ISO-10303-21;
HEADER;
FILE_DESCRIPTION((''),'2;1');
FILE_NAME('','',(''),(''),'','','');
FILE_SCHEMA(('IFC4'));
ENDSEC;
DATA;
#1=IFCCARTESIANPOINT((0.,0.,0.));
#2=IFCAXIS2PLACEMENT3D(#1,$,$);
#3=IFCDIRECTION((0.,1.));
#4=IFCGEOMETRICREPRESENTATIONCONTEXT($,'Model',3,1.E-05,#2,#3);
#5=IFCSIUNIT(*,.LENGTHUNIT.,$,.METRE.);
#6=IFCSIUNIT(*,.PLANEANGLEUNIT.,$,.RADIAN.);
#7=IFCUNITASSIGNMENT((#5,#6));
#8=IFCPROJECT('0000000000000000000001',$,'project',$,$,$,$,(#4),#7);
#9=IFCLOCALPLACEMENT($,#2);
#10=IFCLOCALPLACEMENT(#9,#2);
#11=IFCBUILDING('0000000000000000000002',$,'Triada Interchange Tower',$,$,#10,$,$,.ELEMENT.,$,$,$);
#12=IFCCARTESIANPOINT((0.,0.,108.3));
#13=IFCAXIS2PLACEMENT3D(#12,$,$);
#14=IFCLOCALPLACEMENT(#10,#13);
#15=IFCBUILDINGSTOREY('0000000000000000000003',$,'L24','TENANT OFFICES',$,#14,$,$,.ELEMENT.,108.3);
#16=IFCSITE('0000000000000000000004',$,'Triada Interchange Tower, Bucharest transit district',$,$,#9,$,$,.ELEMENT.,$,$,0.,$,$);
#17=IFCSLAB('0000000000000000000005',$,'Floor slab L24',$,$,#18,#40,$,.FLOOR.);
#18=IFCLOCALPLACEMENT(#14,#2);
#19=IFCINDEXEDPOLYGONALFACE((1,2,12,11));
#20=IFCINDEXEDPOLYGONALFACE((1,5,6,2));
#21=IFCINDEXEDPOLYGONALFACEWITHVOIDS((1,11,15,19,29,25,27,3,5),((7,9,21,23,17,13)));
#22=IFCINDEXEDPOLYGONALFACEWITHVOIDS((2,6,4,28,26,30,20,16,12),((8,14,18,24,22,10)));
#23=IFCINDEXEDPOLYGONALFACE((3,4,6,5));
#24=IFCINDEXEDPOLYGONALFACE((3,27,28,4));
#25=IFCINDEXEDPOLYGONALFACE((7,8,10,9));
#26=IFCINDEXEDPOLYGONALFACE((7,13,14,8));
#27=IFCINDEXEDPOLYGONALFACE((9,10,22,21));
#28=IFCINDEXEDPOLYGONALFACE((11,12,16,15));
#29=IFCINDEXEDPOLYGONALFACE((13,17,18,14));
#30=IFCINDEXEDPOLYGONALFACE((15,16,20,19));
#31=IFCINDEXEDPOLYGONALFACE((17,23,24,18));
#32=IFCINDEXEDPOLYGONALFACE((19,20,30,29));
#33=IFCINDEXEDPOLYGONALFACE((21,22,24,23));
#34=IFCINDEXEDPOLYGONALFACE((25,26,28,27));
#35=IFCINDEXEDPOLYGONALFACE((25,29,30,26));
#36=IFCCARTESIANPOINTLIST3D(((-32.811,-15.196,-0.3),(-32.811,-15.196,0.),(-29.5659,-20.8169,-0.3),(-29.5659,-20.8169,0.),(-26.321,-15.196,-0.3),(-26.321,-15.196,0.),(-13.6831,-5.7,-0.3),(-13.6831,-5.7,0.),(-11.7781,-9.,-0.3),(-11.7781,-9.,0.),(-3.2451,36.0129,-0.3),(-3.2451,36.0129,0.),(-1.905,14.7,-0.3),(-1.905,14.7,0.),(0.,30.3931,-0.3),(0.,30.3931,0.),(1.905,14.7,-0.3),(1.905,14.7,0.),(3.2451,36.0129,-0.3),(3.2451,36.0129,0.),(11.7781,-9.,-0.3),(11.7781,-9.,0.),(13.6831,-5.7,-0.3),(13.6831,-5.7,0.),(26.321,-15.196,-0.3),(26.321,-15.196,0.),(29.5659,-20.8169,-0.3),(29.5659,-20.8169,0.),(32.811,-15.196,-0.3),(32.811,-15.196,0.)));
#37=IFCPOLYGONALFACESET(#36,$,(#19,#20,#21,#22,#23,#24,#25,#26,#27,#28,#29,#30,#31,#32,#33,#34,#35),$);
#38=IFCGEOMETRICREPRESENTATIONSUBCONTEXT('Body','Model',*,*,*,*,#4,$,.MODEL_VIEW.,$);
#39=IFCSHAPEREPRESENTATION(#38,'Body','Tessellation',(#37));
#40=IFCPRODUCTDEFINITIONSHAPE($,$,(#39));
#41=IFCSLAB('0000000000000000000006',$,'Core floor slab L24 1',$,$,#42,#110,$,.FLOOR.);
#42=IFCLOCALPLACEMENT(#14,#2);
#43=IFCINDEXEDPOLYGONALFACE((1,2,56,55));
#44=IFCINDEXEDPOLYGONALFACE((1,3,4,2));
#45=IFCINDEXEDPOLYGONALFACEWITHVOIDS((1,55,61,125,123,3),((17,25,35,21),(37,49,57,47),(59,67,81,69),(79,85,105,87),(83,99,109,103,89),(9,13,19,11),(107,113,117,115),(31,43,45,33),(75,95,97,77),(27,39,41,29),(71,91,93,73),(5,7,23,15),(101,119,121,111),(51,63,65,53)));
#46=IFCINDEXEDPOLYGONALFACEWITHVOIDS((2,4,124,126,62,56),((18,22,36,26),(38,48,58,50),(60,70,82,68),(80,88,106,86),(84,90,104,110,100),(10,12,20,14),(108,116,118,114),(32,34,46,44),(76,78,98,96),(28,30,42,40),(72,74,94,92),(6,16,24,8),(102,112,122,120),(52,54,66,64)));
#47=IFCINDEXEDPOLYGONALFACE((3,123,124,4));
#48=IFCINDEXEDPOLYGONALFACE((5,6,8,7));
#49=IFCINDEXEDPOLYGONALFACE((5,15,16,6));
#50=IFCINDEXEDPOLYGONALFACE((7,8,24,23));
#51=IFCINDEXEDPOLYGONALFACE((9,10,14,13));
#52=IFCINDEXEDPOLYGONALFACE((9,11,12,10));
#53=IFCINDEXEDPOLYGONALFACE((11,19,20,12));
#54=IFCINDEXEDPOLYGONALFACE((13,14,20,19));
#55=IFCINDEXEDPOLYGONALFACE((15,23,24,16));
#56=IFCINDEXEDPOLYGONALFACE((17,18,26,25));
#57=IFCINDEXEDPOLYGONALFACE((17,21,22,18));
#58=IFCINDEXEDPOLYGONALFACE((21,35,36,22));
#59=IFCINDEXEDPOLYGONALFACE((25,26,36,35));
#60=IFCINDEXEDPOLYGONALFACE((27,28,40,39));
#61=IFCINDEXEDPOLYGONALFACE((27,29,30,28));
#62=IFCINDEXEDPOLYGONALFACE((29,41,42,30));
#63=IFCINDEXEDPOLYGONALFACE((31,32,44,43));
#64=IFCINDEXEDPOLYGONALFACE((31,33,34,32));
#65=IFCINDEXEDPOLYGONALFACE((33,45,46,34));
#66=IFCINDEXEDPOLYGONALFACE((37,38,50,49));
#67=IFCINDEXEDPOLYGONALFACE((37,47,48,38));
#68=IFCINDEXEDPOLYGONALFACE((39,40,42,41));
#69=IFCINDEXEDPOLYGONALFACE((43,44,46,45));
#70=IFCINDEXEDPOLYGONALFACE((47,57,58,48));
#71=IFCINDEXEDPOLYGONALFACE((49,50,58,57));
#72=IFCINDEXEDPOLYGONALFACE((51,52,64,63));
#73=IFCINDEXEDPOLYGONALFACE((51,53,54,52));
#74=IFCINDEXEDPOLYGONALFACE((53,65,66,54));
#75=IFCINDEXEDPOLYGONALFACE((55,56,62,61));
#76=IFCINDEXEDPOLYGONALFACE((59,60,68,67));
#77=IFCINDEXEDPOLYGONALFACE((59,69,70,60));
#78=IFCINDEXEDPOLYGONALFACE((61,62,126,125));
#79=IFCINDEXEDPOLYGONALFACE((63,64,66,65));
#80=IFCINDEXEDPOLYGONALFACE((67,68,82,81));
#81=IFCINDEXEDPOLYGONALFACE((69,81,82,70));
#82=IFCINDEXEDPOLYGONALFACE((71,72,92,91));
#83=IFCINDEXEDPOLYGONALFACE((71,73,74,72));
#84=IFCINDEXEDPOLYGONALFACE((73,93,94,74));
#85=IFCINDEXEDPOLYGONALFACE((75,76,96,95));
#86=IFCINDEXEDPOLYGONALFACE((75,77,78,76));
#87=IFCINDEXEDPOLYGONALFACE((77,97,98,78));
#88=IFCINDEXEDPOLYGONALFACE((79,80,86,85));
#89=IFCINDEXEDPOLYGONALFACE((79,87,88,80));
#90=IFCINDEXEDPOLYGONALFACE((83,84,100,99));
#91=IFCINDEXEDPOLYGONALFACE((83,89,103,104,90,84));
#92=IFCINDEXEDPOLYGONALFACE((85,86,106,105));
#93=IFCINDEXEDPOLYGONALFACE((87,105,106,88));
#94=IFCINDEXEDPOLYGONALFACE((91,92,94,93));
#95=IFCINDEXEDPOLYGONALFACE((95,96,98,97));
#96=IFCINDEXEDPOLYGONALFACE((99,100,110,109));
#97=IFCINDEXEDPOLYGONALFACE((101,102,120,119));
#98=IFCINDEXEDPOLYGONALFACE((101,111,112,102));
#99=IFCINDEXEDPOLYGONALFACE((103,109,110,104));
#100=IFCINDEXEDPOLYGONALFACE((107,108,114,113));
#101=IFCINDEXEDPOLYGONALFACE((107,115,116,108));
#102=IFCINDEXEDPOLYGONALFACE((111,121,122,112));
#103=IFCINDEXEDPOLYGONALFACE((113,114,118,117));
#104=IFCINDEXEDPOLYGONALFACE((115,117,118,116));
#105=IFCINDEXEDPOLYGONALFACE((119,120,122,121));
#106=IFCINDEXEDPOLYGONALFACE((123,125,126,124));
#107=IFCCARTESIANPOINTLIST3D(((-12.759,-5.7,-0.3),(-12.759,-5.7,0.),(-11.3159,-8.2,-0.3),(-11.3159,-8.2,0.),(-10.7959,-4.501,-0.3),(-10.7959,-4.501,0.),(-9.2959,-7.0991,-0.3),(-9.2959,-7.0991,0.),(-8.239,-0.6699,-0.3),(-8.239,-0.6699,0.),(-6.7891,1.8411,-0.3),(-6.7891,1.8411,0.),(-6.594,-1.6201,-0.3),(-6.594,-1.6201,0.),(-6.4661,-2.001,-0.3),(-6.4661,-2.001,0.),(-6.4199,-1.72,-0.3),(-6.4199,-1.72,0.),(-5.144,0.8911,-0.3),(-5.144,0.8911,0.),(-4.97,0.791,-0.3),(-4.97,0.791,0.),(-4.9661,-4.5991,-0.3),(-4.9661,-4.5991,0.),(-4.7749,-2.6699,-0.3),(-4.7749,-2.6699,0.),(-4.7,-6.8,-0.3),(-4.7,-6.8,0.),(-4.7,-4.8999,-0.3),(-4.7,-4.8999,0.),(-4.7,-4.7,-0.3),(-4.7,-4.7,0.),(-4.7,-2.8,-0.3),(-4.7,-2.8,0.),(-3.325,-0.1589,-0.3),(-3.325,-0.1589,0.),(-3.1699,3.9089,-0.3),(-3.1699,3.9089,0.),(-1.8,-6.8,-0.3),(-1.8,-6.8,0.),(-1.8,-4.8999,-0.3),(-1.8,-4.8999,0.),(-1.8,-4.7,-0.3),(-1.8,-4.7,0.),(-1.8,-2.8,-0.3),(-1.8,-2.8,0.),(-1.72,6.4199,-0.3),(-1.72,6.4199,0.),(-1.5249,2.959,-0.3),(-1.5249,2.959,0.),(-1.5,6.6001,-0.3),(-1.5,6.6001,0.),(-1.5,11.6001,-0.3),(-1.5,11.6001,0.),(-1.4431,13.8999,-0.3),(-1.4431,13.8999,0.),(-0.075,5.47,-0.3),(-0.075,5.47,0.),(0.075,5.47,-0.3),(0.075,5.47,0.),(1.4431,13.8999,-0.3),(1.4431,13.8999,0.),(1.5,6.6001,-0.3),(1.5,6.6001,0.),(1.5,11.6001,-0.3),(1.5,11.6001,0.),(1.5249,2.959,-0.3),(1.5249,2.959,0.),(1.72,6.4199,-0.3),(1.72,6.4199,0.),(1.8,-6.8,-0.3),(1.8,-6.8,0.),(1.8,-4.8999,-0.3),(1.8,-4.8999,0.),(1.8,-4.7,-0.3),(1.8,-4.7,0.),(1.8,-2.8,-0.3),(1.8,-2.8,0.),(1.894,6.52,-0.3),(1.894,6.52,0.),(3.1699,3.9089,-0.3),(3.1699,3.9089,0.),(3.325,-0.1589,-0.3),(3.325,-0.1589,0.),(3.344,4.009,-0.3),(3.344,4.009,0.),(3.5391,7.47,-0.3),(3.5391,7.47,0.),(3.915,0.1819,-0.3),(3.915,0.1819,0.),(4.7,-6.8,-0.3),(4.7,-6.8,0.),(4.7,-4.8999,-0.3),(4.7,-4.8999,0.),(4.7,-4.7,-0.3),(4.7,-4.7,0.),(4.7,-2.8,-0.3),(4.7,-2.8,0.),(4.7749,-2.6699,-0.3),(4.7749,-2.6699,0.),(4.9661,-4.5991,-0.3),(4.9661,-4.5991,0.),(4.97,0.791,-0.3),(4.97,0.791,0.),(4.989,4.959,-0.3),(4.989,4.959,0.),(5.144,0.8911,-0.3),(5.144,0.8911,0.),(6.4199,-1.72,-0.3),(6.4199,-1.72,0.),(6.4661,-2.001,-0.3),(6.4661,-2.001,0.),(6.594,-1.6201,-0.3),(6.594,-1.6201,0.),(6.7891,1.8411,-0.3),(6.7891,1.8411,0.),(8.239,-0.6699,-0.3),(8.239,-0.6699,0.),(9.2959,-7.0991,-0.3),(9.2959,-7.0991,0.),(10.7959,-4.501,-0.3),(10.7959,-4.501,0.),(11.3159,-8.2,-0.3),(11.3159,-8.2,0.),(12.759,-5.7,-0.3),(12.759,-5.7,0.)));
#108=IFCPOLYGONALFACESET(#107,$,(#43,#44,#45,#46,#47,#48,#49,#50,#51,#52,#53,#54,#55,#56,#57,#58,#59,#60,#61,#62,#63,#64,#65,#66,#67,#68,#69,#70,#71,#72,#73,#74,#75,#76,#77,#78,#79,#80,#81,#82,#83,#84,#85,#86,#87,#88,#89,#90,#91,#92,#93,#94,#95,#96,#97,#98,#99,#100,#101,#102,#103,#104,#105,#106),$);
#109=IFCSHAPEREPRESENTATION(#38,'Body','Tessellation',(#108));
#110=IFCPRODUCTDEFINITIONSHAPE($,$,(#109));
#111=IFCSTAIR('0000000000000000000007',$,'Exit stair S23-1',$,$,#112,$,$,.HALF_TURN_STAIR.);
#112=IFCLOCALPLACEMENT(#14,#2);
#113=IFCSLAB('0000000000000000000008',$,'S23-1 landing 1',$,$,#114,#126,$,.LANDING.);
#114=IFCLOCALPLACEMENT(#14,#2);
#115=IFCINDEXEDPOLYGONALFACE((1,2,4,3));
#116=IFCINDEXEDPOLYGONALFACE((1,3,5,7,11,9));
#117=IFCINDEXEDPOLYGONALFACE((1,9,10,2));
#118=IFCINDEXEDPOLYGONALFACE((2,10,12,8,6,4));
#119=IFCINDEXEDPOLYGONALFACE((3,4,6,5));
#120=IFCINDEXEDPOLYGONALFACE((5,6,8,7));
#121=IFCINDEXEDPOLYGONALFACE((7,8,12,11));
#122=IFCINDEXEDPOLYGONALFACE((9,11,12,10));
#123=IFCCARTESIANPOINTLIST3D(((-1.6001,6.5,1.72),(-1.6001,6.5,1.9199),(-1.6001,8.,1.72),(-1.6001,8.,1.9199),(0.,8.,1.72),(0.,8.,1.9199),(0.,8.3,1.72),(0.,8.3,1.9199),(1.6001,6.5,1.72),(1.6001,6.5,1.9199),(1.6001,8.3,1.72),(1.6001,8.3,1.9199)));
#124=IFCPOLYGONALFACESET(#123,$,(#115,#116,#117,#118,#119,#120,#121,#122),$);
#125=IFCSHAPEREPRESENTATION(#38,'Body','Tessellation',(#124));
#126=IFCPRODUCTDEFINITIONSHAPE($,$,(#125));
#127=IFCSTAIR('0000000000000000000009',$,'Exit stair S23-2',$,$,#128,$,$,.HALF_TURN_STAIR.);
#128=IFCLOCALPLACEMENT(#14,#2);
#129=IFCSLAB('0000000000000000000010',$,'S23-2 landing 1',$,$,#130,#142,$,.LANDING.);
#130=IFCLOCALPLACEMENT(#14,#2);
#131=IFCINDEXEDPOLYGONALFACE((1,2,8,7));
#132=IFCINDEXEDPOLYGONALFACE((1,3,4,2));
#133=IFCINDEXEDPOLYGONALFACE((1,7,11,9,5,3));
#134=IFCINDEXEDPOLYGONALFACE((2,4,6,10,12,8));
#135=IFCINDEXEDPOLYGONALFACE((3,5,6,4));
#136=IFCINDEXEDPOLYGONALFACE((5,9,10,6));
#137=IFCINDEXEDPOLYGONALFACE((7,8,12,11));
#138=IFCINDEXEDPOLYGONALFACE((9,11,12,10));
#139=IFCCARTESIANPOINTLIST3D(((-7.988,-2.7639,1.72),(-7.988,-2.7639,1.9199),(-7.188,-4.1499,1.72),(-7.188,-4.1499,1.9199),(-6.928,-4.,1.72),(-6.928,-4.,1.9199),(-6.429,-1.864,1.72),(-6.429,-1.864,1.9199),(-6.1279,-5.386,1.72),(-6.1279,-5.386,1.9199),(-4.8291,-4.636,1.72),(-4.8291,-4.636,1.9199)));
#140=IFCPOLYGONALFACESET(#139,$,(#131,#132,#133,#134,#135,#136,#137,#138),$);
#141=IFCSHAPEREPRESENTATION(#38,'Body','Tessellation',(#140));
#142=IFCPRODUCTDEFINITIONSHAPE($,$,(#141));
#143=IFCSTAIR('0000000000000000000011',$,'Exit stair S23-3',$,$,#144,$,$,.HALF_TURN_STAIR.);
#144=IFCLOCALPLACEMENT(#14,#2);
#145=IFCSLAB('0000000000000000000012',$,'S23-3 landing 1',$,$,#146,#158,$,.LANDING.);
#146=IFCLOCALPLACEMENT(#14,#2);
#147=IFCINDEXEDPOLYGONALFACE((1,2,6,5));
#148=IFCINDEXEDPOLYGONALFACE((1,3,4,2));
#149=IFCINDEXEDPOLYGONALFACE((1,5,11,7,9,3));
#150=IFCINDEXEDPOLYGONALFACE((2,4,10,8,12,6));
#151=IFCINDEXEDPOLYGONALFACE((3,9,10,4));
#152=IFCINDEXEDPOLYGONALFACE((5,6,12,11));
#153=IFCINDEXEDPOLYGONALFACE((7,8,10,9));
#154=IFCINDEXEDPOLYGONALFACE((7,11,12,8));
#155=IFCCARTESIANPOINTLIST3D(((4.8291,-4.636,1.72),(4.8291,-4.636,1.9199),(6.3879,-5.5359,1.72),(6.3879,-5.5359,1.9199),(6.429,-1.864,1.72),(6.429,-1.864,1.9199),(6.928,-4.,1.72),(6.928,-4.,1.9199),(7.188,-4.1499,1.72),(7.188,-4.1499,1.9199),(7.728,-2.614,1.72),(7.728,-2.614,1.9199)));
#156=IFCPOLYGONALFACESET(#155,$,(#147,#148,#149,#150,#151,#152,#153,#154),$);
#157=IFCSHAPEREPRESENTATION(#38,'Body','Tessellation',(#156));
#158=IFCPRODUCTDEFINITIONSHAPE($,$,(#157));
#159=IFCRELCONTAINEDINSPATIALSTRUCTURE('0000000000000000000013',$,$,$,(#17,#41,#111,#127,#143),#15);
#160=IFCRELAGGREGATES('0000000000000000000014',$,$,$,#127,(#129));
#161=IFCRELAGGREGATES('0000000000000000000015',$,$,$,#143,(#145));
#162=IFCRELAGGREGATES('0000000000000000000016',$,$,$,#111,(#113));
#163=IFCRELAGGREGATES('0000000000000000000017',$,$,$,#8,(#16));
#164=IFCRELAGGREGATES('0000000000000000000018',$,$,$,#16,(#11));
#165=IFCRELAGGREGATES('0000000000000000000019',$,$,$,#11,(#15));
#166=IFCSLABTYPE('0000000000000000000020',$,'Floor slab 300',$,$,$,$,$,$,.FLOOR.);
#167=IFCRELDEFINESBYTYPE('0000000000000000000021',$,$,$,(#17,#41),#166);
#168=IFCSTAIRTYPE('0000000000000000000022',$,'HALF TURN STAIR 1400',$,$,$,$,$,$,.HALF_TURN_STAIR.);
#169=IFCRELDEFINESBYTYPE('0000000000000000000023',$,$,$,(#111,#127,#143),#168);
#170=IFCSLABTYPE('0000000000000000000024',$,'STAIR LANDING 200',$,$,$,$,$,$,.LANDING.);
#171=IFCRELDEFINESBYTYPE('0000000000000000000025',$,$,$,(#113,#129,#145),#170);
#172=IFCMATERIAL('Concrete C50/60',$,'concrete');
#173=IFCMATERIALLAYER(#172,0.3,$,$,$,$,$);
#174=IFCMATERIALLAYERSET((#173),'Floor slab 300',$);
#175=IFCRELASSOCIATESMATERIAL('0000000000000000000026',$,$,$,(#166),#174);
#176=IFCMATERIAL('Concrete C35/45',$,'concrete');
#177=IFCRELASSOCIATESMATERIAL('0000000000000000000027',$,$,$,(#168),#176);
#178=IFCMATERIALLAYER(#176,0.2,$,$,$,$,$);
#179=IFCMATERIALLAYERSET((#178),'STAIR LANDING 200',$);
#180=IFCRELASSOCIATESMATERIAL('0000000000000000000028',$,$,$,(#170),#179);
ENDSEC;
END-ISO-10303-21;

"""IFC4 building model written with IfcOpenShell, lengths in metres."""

from ifc_helpers import new_model, si_unit, direction, frame, origin, place, context, subcontext, project, spatial, polyline, outline, extrude, material, layer, layer_set, type_object, element, aggregate, save


model = new_model("IFC4")

# Units and contexts
model_context = context("Model", 3, precision=1e-05, world=origin(), true_north=direction((0.0, 1.0)))
body_context = subcontext(model_context, "Body", "Model", "MODEL_VIEW")
ifc_project = project(units=[si_unit("LENGTHUNIT", "METRE"), si_unit("PLANEANGLEUNIT", "RADIAN")], contexts=[model_context])

# Site, building, storey
site_placement = place(None, origin())
site = spatial("IfcSite", under=ifc_project, at=site_placement, Name="Triada Interchange Tower, Bucharest transit district", CompositionType="ELEMENT", RefElevation=0.0)
building_placement = place(site_placement, origin())
building = spatial("IfcBuilding", under=site, at=building_placement, Name="Triada Interchange Tower", CompositionType="ELEMENT")
storey_placement = place(building_placement, frame((0.0, 0.0, 108.3)))
storey = spatial("IfcBuildingStorey", under=building, at=storey_placement, Name="L24", Description="TENANT OFFICES", CompositionType="ELEMENT", Elevation=108.3)

# Slabs
ifc_material_1 = material(Name="Concrete C50/60", Category="concrete")
ifc_layer_1 = layer(ifc_material_1, 0.3)
ifc_layer_set_1 = layer_set([ifc_layer_1], Name="Floor slab 300")
slab_type_1 = type_object("IfcSlabType", Name="Floor slab 300", PredefinedType="FLOOR", material=ifc_layer_set_1)
slab_1_placement = place(storey_placement, frame((0.0, 0.0, -0.3)))
element("IfcSlab", 1, at=slab_1_placement, inside=storey, type_object=slab_type_1, Name="Floor slab L24", PredefinedType="FLOOR", context=body_context, shape_type="SweptSolid", body=[
    extrude(outline(polyline([(-3.2451, 36.0129), (-32.811, -15.196), (-26.321, -15.196), (-29.5659, -20.8169), (29.5659, -20.8169), (26.321, -15.196), (32.811, -15.196), (3.2451, 36.0129), (0.0, 30.3931), (-3.2451, 36.0129)]), holes=[polyline([(1.905, 14.7), (-1.905, 14.7), (-13.6831, -5.7), (-11.7781, -9.0), (11.7781, -9.0), (13.6831, -5.7), (1.905, 14.7)])]), origin(), (0.0, 0.0, 1.0), 0.3),
])
slab_2_placement = place(storey_placement, frame((0.0, 0.0, -0.3)))
element("IfcSlab", 2, at=slab_2_placement, inside=storey, type_object=slab_type_1, Name="Core floor slab L24 1", PredefinedType="FLOOR", context=body_context, shape_type="SweptSolid", body=[
    extrude(outline(polyline([(12.759, -5.7), (11.3159, -8.2), (-11.3159, -8.2), (-12.759, -5.7), (-1.4431, 13.8999), (1.4431, 13.8999), (12.759, -5.7)]), holes=[polyline([(9.2959, -7.0991), (10.7959, -4.501), (6.4661, -2.001), (4.9661, -4.5991), (9.2959, -7.0991)]), polyline([(6.7891, 1.8411), (5.144, 0.8911), (6.594, -1.6201), (8.239, -0.6699), (6.7891, 1.8411)]), polyline([(4.7749, -2.6699), (6.4199, -1.72), (4.97, 0.791), (3.915, 0.1819), (3.325, -0.1589), (4.7749, -2.6699)]), polyline([(1.894, 6.52), (3.344, 4.009), (4.989, 4.959), (3.5391, 7.47), (1.894, 6.52)]), polyline([(4.7, -6.8), (4.7, -4.8999), (1.8, -4.8999), (1.8, -6.8), (4.7, -6.8)]), polyline([(4.7, -2.8), (1.8, -2.8), (1.8, -4.7), (4.7, -4.7), (4.7, -2.8)]), polyline([(0.075, 5.47), (1.5249, 2.959), (3.1699, 3.9089), (1.72, 6.4199), (0.075, 5.47)]), polyline([(1.5, 11.6001), (-1.5, 11.6001), (-1.5, 6.6001), (1.5, 6.6001), (1.5, 11.6001)]), polyline([(-1.5249, 2.959), (-0.075, 5.47), (-1.72, 6.4199), (-3.1699, 3.9089), (-1.5249, 2.959)]), polyline([(-1.8, -2.8), (-4.7, -2.8), (-4.7, -4.7), (-1.8, -4.7), (-1.8, -2.8)]), polyline([(-4.7, -6.8), (-1.8, -6.8), (-1.8, -4.8999), (-4.7, -4.8999), (-4.7, -6.8)]), polyline([(-4.7749, -2.6699), (-3.325, -0.1589), (-4.97, 0.791), (-6.4199, -1.72), (-4.7749, -2.6699)]), polyline([(-10.7959, -4.501), (-9.2959, -7.0991), (-4.9661, -4.5991), (-6.4661, -2.001), (-10.7959, -4.501)]), polyline([(-6.594, -1.6201), (-5.144, 0.8911), (-6.7891, 1.8411), (-8.239, -0.6699), (-6.594, -1.6201)])]), origin(), (0.0, 0.0, 1.0), 0.3),
])

# Stairs, slabs
ifc_material_2 = material(Name="Concrete C35/45", Category="concrete")
stair_type = type_object("IfcStairType", Name="HALF TURN STAIR 1400", PredefinedType="HALF_TURN_STAIR", material=ifc_material_2)
stair_1_placement = place(storey_placement, origin())
stair_1 = element("IfcStair", 3, at=stair_1_placement, inside=storey, type_object=stair_type, Name="Exit stair S23-1", PredefinedType="HALF_TURN_STAIR")
ifc_layer_2 = layer(ifc_material_2, 0.2)
ifc_layer_set_2 = layer_set([ifc_layer_2], Name="STAIR LANDING 200")
slab_type_2 = type_object("IfcSlabType", Name="STAIR LANDING 200", PredefinedType="LANDING", material=ifc_layer_set_2)
slab_3_placement = place(storey_placement, frame((0.0, 0.0, 1.72)))
slab_3 = element("IfcSlab", 4, at=slab_3_placement, type_object=slab_type_2, Name="S23-1 landing 1", PredefinedType="LANDING", context=body_context, shape_type="SweptSolid", body=[
    extrude(outline(polyline([(1.6001, 6.5), (1.6001, 8.3), (0.0, 8.3), (0.0, 8.0), (-1.6001, 8.0), (-1.6001, 6.5), (1.6001, 6.5)])), origin(), (0.0, 0.0, 1.0), 0.2),
])
stair_2_placement = place(storey_placement, origin())
stair_2 = element("IfcStair", 5, at=stair_2_placement, inside=storey, type_object=stair_type, Name="Exit stair S23-2", PredefinedType="HALF_TURN_STAIR")
slab_4_placement = place(storey_placement, frame((0.0, 0.0, 1.72)))
slab_4 = element("IfcSlab", 6, at=slab_4_placement, type_object=slab_type_2, Name="S23-2 landing 1", PredefinedType="LANDING", context=body_context, shape_type="SweptSolid", body=[
    extrude(outline(polyline([(-6.429, -1.864), (-7.988, -2.7639), (-7.188, -4.1499), (-6.928, -4.0), (-6.1279, -5.386), (-4.8291, -4.636), (-6.429, -1.864)])), origin(), (0.0, 0.0, 1.0), 0.2),
])
aggregate(stair_2, [slab_4])
stair_3_placement = place(storey_placement, origin())
stair_3 = element("IfcStair", 7, at=stair_3_placement, inside=storey, type_object=stair_type, Name="Exit stair S23-3", PredefinedType="HALF_TURN_STAIR")
slab_5_placement = place(storey_placement, frame((0.0, 0.0, 1.72)))
slab_5 = element("IfcSlab", 8, at=slab_5_placement, type_object=slab_type_2, Name="S23-3 landing 1", PredefinedType="LANDING", context=body_context, shape_type="SweptSolid", body=[
    extrude(outline(polyline([(4.8291, -4.636), (6.3879, -5.5359), (7.188, -4.1499), (6.928, -4.0), (7.728, -2.614), (6.429, -1.864), (4.8291, -4.636)])), origin(), (0.0, 0.0, 1.0), 0.2),
])
aggregate(stair_3, [slab_5])

aggregate(stair_1, [slab_3])

save(model, "model.ifc")
